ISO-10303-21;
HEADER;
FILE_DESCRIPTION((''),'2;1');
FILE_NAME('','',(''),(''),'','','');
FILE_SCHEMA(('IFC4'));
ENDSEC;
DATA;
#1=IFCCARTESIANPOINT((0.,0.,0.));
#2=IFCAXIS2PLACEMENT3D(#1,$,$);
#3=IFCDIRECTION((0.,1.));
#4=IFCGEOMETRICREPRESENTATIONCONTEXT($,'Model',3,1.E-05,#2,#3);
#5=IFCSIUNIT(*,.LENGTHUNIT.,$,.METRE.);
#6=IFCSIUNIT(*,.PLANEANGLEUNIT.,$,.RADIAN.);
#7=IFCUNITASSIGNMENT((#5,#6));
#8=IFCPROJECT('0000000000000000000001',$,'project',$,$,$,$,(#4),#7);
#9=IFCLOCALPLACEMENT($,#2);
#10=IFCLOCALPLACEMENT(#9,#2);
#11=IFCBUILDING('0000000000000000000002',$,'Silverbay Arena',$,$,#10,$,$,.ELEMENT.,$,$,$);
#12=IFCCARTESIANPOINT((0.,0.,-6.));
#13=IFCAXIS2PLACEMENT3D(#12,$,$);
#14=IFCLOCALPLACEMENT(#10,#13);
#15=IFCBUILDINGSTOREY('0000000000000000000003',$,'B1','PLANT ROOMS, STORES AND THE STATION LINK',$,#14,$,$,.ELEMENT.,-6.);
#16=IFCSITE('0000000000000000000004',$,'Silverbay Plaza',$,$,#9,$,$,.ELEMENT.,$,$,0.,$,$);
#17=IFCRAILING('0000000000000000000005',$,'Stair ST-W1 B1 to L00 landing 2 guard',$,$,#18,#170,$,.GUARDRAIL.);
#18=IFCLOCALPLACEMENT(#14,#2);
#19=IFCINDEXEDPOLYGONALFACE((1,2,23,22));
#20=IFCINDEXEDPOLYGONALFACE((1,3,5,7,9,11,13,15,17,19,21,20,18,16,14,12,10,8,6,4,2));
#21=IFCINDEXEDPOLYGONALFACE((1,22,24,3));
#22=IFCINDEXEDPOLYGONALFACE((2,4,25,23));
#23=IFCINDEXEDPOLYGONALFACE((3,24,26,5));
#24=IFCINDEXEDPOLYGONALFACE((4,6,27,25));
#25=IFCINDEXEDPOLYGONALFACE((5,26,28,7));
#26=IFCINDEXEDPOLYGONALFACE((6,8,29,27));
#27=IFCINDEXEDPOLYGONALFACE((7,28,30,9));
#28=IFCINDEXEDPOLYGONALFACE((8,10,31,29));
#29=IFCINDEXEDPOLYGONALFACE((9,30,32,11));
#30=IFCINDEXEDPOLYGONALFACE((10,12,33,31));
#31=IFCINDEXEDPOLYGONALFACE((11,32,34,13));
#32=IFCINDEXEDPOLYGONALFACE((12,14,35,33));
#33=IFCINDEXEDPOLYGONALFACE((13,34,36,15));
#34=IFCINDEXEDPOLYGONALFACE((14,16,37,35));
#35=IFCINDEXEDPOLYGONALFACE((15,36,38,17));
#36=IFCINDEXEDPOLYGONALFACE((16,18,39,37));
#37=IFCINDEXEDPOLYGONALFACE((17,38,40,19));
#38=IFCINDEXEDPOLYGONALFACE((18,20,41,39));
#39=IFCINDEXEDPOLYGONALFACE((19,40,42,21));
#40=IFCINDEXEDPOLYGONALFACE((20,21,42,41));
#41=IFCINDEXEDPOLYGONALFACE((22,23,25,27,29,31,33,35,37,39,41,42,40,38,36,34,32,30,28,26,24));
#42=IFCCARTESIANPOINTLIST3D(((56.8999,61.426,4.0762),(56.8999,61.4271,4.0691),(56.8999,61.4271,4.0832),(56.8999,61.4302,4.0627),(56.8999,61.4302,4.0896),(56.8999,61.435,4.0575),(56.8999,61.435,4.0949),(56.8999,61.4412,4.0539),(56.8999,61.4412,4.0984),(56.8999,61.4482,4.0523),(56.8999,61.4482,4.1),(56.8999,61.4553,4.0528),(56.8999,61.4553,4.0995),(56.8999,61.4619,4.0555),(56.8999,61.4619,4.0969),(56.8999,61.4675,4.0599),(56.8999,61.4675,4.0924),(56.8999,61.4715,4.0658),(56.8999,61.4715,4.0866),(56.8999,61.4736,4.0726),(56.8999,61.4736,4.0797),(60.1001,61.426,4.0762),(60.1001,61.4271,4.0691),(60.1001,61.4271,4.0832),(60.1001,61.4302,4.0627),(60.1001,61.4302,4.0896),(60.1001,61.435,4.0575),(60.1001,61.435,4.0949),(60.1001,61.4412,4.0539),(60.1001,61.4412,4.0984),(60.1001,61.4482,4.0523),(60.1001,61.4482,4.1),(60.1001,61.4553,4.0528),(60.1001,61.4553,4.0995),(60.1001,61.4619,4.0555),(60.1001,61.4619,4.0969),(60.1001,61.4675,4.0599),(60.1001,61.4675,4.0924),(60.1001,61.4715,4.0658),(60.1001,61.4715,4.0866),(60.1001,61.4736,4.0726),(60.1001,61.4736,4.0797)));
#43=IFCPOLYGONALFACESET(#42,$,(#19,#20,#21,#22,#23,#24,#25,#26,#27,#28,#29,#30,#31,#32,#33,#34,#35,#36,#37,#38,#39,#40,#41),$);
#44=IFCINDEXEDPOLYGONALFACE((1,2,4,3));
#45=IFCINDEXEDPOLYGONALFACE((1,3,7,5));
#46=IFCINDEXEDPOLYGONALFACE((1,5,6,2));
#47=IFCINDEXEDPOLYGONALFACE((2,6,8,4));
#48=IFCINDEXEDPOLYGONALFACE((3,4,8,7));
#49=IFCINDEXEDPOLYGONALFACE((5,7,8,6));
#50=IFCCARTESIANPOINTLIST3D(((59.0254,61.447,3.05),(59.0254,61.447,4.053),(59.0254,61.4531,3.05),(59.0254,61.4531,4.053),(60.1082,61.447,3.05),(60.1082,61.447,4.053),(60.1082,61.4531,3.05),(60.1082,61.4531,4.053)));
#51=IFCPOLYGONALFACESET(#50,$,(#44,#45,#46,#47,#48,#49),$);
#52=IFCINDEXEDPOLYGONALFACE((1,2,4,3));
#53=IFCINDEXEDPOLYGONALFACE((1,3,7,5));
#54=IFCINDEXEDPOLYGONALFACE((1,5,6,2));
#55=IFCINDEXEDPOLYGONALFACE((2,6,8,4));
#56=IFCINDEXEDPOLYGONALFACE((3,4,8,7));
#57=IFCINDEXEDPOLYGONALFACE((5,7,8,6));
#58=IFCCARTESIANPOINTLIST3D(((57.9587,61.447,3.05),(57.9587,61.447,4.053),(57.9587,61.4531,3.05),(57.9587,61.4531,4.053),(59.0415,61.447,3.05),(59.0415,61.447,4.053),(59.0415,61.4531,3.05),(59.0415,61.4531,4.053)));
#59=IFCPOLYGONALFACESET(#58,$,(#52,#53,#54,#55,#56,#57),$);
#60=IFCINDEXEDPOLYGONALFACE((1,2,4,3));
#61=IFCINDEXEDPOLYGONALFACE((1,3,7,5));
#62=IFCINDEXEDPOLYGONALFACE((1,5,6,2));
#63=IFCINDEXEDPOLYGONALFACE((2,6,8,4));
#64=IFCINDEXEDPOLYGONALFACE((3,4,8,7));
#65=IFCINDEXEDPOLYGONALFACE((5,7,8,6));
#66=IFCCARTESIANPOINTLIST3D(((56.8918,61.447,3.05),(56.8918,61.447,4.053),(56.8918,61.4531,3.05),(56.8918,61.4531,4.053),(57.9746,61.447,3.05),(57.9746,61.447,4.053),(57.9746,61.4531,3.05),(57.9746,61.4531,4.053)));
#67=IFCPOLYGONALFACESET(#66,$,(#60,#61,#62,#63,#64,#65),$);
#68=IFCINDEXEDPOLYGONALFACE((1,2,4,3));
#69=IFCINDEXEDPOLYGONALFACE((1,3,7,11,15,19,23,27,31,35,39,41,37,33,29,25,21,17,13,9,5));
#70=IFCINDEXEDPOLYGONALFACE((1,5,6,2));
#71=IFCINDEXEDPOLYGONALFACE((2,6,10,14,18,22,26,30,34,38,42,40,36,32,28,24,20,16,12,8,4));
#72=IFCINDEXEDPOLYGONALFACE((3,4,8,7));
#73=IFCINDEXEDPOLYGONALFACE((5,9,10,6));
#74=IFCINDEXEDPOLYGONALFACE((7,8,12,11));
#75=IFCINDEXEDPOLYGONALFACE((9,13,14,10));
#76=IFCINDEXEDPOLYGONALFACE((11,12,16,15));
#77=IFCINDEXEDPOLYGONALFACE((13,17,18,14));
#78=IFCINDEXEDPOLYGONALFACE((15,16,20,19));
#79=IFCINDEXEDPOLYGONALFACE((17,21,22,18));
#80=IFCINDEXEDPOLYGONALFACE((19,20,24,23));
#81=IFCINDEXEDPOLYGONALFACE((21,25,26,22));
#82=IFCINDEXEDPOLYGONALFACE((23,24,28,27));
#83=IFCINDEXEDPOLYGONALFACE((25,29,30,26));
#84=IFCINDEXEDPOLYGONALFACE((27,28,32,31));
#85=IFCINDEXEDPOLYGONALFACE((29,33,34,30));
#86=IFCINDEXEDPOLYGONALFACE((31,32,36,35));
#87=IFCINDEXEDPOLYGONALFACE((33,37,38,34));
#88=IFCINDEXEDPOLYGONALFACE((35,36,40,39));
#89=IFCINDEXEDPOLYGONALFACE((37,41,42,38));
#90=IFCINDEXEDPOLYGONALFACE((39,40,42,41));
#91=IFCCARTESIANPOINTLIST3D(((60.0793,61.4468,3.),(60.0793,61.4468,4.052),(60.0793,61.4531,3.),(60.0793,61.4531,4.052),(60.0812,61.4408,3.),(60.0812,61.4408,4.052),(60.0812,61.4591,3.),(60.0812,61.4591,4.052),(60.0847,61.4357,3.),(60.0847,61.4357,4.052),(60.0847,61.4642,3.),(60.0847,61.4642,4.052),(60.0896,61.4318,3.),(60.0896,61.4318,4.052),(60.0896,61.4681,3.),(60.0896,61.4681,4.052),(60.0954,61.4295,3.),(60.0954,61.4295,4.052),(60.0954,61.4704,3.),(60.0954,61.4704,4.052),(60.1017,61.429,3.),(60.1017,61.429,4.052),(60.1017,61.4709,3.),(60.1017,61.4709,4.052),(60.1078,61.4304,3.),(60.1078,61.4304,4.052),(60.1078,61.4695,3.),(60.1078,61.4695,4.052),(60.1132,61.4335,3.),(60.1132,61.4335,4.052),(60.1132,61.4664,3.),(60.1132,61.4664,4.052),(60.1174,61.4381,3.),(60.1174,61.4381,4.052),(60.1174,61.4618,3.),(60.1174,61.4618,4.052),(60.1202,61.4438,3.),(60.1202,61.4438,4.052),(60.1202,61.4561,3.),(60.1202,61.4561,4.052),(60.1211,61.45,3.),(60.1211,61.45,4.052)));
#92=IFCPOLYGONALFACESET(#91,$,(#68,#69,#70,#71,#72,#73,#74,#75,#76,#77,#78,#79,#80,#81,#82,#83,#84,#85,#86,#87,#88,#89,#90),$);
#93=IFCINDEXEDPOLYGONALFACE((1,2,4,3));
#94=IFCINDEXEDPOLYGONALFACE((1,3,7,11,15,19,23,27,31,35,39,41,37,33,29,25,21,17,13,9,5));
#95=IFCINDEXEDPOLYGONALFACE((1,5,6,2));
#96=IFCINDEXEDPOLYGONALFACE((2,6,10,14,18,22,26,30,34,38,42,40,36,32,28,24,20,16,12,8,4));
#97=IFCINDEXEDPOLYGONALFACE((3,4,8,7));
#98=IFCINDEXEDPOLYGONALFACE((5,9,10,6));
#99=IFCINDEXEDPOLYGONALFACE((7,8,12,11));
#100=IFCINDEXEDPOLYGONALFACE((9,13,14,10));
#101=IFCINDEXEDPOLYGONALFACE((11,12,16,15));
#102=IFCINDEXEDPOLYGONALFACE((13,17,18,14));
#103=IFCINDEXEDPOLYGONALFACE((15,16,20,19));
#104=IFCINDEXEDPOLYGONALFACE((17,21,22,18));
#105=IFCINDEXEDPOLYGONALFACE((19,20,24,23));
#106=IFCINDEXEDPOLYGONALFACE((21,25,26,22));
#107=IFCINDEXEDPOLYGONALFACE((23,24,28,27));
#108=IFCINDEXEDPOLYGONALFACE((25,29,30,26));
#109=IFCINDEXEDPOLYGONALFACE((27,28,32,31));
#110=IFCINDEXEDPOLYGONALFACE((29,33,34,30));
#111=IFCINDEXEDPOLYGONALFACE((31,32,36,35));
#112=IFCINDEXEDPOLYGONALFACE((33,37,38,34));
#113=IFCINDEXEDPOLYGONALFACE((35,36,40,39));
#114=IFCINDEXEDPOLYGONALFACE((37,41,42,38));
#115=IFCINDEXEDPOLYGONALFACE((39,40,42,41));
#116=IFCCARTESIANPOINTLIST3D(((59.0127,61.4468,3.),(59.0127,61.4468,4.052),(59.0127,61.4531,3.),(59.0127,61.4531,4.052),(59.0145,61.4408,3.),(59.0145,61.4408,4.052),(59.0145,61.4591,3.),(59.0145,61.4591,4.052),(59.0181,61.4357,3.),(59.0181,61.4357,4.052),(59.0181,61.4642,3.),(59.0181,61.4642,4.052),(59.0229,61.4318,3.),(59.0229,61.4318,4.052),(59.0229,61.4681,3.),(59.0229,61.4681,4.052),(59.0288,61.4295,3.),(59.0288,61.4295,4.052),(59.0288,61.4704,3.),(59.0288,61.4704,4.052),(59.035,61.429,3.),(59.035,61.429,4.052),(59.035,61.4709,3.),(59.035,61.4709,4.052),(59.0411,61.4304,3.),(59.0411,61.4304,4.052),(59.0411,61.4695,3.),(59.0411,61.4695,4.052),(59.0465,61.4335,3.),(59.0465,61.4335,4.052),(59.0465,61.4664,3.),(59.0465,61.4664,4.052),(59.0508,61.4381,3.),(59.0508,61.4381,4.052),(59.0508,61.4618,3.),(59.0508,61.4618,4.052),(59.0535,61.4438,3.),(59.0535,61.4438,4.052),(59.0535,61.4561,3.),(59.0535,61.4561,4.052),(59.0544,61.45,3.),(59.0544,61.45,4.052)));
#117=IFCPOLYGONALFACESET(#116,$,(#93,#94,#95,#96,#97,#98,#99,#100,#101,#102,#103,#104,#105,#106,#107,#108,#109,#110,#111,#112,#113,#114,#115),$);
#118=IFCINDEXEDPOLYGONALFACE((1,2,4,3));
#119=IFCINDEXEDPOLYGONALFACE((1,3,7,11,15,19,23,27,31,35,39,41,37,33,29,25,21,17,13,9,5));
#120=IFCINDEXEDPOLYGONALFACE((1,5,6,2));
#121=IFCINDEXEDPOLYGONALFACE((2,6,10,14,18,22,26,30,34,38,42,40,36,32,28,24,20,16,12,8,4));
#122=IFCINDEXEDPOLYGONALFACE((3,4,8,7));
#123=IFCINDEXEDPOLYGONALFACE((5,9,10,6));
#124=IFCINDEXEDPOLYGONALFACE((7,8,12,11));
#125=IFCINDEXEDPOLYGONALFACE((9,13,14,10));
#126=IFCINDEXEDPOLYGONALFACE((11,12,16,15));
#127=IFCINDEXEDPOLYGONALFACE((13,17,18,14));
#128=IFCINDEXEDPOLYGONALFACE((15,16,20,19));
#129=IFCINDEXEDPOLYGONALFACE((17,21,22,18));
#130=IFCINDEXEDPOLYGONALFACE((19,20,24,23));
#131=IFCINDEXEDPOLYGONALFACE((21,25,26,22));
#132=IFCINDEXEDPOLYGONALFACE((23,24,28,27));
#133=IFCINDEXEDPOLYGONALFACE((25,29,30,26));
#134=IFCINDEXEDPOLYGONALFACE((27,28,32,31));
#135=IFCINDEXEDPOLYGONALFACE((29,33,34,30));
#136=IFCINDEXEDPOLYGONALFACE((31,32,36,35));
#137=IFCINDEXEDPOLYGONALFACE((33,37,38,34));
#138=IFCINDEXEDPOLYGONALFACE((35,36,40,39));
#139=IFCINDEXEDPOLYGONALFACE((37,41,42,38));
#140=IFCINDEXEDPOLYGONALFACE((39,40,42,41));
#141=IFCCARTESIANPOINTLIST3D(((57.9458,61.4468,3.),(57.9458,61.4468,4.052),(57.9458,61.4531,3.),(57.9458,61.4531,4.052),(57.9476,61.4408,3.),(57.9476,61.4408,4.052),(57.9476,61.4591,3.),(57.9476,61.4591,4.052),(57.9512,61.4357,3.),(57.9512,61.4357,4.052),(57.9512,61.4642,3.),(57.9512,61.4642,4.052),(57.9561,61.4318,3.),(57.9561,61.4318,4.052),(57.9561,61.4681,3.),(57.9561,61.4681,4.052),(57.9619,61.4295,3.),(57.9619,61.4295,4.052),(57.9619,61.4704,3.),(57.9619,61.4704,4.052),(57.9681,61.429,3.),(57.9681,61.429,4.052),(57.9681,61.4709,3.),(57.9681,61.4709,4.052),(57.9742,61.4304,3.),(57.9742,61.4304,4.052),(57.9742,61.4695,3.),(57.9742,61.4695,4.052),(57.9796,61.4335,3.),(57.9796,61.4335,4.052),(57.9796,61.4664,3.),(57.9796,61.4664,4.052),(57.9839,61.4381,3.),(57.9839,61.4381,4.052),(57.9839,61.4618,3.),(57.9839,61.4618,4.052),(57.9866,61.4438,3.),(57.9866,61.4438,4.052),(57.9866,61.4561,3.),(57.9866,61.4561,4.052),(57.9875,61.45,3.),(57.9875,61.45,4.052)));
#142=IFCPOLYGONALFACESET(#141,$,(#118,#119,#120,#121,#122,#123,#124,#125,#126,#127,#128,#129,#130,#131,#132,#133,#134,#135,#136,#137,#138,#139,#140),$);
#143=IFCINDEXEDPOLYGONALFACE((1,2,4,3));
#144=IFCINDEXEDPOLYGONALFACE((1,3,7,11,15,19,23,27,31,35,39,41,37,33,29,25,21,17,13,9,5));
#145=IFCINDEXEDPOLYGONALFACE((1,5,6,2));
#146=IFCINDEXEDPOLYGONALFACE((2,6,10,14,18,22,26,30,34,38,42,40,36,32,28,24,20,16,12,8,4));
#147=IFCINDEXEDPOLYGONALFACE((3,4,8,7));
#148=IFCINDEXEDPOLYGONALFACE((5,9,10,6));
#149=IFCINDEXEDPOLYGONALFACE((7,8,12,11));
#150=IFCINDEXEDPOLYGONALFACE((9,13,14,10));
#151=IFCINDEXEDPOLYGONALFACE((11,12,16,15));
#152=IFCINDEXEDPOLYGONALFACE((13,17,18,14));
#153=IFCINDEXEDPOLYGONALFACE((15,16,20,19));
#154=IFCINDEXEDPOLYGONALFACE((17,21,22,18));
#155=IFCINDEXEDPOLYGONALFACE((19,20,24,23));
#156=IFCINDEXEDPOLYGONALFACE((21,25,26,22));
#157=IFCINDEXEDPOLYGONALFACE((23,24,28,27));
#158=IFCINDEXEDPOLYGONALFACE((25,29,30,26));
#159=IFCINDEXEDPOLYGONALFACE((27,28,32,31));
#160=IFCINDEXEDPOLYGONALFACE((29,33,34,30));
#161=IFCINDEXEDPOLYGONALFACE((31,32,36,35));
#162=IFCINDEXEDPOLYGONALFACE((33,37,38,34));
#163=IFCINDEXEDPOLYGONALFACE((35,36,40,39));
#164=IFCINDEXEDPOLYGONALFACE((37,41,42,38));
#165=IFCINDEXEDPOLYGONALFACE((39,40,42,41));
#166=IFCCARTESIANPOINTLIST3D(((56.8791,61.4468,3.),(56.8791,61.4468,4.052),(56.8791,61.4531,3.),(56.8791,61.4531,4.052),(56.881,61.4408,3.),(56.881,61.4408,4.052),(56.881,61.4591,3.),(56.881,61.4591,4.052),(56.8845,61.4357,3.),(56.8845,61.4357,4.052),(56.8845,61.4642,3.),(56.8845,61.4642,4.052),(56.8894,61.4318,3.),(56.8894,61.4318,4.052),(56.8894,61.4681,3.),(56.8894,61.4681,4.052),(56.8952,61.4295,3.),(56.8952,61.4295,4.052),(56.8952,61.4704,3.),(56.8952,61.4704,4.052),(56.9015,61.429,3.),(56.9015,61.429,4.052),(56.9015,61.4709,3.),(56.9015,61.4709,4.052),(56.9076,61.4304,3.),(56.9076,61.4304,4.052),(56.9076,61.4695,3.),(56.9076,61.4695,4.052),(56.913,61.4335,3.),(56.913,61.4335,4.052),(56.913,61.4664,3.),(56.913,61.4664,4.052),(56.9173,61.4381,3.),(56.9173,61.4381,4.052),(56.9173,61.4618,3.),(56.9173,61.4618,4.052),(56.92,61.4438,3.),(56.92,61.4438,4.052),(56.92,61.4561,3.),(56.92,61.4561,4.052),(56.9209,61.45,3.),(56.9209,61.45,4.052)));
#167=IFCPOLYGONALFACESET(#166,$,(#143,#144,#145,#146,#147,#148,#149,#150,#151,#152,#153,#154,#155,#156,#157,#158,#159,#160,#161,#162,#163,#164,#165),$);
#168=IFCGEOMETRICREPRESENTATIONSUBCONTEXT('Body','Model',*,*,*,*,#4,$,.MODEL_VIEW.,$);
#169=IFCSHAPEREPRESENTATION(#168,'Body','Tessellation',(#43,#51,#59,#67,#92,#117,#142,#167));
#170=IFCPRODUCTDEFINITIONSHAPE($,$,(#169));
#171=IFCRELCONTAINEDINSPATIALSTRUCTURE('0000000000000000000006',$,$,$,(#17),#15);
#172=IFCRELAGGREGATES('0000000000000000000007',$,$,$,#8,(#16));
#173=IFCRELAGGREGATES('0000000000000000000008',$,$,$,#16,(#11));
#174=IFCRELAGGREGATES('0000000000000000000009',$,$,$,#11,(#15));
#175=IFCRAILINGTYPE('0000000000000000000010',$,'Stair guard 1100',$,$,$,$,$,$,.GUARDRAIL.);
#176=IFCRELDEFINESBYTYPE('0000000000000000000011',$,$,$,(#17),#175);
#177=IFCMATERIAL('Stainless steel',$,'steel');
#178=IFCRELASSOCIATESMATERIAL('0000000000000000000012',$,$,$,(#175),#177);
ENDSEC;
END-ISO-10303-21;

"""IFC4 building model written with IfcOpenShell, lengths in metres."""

from ifc_helpers import new_model, si_unit, direction, frame, origin, origin_2d, place, context, subcontext, project, spatial, polyline, circle, outline, extrude, material, type_object, element, save


model = new_model("IFC4")

# Units and contexts
model_context = context("Model", 3, precision=1e-05, world=origin(), true_north=direction((0.0, 1.0)))
body_context = subcontext(model_context, "Body", "Model", "MODEL_VIEW")
ifc_project = project(units=[si_unit("LENGTHUNIT", "METRE"), si_unit("PLANEANGLEUNIT", "RADIAN")], contexts=[model_context])

# Site, building, storey
site_placement = place(None, origin())
site = spatial("IfcSite", under=ifc_project, at=site_placement, Name="Silverbay Plaza", CompositionType="ELEMENT", RefElevation=0.0)
building_placement = place(site_placement, origin())
building = spatial("IfcBuilding", under=site, at=building_placement, Name="Silverbay Arena", CompositionType="ELEMENT")
storey_placement = place(building_placement, frame((0.0, 0.0, -6.0)))
storey = spatial("IfcBuildingStorey", under=building, at=storey_placement, Name="B1", Description="PLANT ROOMS, STORES AND THE STATION LINK", CompositionType="ELEMENT", Elevation=-6.0)

# Railing
ifc_material_1 = material(Name="Stainless steel", Category="steel")
railing_type_1 = type_object("IfcRailingType", Name="Stair guard 1100", PredefinedType="GUARDRAIL", material=ifc_material_1)
for number, where, name in (
    (1, (60.1001, 61.45, 3.0), "Stair ST-W1 B1 to L00 landing 2 guard"),
):
    element("IfcRailing", number, at=place(storey_placement, frame(where)), inside=storey, type_object=railing_type_1, Name=name, PredefinedType="GUARDRAIL", context=body_context, shape_type="SweptSolid", body=[
        extrude(circle(Radius=0.0239, at=origin_2d()), frame((0.0, 0.0, 1.0762), z_axis=(-1.0, 0.0, 0.0), x_axis=(0.0, -1.0, 0.0)), (0.0, 0.0, 1.0), 3.2002),
        extrude(outline(polyline([(-0.0081, 0.05), (1.0747, 0.05), (1.0747, 1.053), (-0.0081, 1.053), (-0.0081, 0.05)])), frame((0.0, -0.0029, 0.0), z_axis=(0.0, 1.0, 0.0), x_axis=(-1.0, 0.0, 0.0)), (0.0, 0.0, 1.0), 0.0061),
        extrude(outline(polyline([(-0.0081, 0.05), (1.0747, 0.05), (1.0747, 1.053), (-0.0081, 1.053), (-0.0081, 0.05)])), frame((-1.0667, -0.0029, 0.0), z_axis=(0.0, 1.0, 0.0), x_axis=(-1.0, 0.0, 0.0)), (0.0, 0.0, 1.0), 0.0061),
        extrude(outline(polyline([(-0.0081, 0.05), (1.0747, 0.05), (1.0747, 1.053), (-0.0081, 1.053), (-0.0081, 0.05)])), frame((-2.1335, -0.0029, 0.0), z_axis=(0.0, 1.0, 0.0), x_axis=(-1.0, 0.0, 0.0)), (0.0, 0.0, 1.0), 0.0061),
        extrude(circle(Radius=0.021, at=origin_2d()), origin(), (0.0, 0.0, 1.0), 1.052),
        extrude(circle(Radius=0.021, at=origin_2d()), frame((-1.0667, 0.0, 0.0)), (0.0, 0.0, 1.0), 1.052),
        extrude(circle(Radius=0.021, at=origin_2d()), frame((-2.1335, 0.0, 0.0)), (0.0, 0.0, 1.0), 1.052),
        extrude(circle(Radius=0.021, at=origin_2d()), frame((-3.2002, 0.0, 0.0)), (0.0, 0.0, 1.0), 1.052),
    ])

save(model, "model.ifc")
